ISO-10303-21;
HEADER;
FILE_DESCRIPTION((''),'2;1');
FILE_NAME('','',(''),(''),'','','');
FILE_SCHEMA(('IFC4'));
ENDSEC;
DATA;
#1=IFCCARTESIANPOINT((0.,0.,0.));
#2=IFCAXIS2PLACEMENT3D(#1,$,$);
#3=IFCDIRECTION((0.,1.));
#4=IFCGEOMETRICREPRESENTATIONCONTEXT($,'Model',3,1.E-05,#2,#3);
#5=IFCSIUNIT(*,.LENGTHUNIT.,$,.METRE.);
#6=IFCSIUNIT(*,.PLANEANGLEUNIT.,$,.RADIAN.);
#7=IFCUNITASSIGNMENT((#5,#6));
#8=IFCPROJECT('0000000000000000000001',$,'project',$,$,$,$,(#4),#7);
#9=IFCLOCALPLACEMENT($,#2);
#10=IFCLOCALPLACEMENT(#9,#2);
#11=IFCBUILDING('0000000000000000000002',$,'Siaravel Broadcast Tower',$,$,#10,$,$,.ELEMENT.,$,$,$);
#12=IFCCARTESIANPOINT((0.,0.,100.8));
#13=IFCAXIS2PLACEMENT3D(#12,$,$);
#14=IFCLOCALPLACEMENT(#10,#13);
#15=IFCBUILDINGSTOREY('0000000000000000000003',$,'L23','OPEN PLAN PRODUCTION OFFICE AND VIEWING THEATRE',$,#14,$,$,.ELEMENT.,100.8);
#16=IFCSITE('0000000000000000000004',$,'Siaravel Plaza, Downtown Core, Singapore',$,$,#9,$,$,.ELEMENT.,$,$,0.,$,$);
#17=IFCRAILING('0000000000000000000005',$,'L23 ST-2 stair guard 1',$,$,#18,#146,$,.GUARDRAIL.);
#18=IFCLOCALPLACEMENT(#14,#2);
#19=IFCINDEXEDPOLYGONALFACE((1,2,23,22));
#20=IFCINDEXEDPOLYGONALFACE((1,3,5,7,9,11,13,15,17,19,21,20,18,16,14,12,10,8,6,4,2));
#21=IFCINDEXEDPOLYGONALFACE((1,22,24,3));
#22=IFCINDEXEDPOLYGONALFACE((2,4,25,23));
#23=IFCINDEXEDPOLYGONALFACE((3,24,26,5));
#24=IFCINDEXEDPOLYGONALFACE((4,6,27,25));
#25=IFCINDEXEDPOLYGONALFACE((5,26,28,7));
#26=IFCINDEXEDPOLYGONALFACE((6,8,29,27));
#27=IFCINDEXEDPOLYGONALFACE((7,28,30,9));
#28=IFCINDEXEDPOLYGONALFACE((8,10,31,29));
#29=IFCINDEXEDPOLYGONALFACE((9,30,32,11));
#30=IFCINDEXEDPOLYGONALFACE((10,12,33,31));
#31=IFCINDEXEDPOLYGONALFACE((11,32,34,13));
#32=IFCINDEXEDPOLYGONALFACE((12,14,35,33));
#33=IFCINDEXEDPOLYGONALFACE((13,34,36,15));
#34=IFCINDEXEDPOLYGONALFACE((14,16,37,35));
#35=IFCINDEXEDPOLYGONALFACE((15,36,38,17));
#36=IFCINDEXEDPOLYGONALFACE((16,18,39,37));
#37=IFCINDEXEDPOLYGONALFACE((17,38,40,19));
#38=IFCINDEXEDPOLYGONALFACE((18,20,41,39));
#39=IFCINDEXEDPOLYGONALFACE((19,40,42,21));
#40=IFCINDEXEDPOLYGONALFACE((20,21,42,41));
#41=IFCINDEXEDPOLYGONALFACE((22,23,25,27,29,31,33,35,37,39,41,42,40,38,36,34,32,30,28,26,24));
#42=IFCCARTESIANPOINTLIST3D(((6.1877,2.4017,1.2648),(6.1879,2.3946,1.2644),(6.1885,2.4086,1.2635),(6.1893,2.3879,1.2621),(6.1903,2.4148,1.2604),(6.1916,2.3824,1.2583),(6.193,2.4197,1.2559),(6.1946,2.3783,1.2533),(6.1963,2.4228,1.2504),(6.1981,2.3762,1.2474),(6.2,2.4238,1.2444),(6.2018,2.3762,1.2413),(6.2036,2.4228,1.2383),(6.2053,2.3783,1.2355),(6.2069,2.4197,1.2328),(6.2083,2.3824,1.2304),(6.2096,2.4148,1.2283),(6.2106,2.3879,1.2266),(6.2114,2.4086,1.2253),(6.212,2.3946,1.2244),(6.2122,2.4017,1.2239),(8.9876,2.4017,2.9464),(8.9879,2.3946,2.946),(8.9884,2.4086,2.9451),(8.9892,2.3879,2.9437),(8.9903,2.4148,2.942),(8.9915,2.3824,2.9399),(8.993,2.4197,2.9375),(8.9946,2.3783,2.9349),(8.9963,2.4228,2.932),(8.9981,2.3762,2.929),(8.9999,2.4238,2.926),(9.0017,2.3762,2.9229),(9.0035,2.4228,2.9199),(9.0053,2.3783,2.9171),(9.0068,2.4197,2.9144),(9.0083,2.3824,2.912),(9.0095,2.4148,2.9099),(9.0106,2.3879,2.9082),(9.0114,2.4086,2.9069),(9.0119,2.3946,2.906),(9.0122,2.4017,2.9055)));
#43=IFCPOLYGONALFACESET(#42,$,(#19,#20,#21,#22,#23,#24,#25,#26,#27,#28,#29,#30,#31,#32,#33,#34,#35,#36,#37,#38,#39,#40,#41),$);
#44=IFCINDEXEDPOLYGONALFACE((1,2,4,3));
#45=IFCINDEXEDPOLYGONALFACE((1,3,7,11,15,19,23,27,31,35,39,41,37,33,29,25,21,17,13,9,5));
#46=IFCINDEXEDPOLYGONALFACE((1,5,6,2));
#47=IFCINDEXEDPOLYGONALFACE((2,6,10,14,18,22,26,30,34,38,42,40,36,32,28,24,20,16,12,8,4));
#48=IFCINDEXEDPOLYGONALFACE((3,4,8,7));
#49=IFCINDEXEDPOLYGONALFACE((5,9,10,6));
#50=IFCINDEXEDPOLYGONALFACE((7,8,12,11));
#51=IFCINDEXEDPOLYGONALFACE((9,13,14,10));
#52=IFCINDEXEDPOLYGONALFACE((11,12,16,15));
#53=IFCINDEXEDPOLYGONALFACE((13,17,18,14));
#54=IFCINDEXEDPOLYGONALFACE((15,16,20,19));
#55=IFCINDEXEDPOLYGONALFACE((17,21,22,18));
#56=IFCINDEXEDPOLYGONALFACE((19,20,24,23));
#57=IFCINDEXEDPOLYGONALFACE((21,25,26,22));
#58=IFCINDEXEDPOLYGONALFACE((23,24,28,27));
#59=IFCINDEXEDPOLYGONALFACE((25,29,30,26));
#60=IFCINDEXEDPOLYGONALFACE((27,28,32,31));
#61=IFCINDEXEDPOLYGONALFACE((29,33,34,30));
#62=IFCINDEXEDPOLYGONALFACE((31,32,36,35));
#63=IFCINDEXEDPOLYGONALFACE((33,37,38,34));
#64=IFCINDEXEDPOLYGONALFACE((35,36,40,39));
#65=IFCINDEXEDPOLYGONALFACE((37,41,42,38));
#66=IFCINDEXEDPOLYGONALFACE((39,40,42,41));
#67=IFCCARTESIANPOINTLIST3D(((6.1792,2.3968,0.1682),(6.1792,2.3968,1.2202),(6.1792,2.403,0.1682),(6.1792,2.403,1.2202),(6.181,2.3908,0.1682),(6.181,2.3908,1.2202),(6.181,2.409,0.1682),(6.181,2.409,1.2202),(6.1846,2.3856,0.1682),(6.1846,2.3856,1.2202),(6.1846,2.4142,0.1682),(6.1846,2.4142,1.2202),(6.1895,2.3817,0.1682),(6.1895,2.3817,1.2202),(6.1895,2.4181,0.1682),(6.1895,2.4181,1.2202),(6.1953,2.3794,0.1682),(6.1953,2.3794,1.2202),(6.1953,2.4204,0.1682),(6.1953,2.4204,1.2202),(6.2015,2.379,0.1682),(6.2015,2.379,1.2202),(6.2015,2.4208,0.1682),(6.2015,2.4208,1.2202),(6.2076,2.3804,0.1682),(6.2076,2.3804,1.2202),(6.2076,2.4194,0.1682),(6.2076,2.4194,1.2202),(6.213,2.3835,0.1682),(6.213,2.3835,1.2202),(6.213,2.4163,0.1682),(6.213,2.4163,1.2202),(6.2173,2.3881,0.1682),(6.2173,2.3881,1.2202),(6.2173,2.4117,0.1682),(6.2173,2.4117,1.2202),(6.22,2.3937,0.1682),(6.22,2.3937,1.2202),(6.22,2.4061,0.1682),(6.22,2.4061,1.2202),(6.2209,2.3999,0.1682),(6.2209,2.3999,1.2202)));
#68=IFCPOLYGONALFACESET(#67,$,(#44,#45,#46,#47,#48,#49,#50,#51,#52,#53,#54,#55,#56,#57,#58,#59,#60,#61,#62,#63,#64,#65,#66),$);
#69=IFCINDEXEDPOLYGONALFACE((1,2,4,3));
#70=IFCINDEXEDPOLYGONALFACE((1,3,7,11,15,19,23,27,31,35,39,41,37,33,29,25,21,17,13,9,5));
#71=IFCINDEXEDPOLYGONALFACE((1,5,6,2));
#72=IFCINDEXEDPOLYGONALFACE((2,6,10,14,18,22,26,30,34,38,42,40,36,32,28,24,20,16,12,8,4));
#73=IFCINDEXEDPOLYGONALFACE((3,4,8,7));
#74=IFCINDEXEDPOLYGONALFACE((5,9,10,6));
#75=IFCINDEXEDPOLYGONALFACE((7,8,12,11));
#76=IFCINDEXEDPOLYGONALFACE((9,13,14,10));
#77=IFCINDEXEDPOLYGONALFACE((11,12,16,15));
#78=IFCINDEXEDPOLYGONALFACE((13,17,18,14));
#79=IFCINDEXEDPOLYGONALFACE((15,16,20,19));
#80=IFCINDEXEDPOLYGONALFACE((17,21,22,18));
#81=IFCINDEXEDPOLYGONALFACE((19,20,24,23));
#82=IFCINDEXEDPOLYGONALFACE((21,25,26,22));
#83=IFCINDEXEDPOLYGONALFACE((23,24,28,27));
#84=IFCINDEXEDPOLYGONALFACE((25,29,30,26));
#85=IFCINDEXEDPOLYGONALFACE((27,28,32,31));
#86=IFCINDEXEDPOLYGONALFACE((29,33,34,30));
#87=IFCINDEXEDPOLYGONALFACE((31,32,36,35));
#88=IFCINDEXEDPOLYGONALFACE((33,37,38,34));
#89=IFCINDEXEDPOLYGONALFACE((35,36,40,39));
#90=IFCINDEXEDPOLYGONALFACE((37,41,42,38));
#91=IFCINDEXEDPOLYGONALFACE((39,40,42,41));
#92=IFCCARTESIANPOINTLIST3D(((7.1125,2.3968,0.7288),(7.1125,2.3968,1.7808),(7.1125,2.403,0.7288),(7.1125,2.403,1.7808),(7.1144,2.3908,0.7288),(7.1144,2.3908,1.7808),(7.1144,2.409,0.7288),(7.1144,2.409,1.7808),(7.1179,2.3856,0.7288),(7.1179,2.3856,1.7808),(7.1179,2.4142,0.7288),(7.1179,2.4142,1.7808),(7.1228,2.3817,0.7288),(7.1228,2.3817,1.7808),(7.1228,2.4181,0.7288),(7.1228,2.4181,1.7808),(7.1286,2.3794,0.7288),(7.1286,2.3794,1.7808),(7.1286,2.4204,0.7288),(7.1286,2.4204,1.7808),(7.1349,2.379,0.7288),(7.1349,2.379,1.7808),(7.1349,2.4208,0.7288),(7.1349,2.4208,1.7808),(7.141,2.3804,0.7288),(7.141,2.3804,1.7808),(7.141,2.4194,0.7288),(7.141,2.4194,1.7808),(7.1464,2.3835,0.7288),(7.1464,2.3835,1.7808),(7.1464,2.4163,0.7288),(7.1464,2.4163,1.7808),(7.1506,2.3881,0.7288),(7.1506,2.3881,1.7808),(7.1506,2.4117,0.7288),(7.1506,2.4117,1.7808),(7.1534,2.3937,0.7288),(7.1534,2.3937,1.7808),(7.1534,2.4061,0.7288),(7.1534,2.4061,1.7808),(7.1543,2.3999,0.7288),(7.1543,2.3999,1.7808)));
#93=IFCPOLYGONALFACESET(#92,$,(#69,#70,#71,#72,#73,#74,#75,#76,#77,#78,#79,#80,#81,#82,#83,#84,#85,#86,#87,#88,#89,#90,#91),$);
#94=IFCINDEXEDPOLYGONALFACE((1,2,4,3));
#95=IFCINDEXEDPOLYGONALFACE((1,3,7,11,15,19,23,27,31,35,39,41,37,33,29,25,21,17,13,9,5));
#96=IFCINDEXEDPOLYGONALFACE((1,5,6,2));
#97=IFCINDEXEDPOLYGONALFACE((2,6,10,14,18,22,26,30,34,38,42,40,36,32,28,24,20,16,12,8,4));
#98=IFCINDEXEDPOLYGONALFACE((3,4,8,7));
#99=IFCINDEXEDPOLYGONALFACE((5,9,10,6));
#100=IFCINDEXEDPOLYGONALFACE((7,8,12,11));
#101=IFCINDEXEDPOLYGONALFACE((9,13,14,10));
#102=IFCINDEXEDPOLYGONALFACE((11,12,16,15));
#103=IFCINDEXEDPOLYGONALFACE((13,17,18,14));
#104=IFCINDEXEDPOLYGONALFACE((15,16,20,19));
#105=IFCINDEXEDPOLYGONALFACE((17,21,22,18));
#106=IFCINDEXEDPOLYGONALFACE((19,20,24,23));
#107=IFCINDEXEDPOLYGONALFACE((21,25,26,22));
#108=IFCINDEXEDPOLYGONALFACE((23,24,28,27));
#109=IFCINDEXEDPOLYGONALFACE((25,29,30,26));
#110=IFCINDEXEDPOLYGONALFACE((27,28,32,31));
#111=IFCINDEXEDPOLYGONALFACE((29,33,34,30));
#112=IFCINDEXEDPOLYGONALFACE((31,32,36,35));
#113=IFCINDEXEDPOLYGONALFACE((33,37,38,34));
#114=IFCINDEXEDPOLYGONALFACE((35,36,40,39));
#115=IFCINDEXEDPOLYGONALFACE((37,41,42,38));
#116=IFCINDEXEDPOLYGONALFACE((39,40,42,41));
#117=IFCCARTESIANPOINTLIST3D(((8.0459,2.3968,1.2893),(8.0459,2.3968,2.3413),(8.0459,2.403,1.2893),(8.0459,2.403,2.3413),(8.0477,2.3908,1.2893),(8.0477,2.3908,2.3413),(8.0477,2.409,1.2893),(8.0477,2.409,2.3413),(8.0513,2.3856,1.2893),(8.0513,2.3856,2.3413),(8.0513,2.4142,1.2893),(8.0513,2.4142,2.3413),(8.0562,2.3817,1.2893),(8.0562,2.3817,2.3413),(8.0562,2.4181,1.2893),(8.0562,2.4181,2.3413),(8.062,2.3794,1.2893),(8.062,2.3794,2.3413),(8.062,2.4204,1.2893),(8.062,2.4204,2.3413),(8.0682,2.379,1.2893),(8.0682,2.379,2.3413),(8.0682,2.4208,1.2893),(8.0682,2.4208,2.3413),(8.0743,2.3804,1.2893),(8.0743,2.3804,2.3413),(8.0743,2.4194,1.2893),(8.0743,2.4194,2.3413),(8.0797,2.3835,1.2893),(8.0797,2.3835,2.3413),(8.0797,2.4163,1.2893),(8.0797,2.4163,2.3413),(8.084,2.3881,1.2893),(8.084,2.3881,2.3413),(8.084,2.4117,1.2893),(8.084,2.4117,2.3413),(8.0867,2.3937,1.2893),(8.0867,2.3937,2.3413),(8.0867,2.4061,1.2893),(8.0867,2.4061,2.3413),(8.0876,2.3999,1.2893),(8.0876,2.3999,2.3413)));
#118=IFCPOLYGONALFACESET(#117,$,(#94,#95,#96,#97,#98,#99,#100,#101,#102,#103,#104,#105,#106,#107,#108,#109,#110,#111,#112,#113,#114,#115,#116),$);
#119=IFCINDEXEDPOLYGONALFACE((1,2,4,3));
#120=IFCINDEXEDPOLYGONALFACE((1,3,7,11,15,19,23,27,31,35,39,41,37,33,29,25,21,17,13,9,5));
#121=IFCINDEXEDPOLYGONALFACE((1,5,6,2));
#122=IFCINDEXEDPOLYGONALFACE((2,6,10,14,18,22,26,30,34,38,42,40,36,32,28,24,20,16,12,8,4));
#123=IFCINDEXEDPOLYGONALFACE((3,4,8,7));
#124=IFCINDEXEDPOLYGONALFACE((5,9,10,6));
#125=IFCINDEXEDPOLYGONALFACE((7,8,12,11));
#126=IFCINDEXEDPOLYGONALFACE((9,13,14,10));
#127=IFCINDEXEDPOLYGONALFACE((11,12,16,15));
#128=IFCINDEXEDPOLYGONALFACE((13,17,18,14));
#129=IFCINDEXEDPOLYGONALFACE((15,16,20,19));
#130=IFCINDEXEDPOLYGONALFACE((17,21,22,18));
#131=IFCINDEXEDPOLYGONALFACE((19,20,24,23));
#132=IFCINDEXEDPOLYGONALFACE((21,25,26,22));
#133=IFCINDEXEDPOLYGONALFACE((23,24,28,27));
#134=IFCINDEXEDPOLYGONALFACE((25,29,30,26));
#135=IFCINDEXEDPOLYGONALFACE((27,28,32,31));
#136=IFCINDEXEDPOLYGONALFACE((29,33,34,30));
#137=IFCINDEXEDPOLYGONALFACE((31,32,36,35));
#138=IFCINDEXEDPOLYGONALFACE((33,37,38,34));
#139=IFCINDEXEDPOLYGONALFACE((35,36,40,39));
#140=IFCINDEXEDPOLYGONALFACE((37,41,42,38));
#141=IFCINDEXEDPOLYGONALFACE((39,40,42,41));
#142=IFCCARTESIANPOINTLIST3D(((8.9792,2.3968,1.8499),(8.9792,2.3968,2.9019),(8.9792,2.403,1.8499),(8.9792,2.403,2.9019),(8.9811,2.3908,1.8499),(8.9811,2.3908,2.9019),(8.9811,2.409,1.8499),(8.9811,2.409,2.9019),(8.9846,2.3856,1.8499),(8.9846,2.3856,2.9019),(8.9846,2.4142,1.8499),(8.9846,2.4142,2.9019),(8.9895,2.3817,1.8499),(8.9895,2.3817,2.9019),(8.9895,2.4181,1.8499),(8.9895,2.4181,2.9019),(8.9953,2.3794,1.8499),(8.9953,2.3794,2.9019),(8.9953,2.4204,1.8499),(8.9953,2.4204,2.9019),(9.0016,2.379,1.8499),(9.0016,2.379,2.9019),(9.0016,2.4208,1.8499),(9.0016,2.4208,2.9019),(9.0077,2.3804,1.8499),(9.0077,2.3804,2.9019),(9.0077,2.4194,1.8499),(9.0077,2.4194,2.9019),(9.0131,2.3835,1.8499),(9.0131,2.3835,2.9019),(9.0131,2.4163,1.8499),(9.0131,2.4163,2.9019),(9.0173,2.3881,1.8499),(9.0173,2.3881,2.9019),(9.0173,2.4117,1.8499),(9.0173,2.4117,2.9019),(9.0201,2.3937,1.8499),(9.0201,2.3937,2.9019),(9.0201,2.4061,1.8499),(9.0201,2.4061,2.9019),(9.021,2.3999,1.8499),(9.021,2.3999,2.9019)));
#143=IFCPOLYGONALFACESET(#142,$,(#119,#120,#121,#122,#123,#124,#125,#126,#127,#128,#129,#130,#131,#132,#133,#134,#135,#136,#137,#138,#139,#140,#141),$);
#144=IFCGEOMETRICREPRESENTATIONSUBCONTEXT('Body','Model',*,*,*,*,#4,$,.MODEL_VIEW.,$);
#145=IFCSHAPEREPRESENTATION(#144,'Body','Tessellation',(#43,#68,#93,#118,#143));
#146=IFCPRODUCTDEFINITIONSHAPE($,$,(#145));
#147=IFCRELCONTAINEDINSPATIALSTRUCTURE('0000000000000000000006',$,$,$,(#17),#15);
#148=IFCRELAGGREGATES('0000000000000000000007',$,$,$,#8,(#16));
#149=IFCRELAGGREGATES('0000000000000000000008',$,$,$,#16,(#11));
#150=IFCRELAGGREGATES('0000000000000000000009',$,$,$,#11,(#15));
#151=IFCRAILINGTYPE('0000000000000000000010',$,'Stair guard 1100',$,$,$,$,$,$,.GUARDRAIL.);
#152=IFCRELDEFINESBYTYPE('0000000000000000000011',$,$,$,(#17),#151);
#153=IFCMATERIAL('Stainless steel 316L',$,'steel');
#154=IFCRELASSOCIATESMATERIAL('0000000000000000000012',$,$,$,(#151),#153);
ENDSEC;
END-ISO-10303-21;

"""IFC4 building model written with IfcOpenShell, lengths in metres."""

from ifc_helpers import new_model, si_unit, direction, frame, origin, origin_2d, place, context, subcontext, project, spatial, circle, extrude, material, type_object, element, save


model = new_model("IFC4")

# Units and contexts
model_context = context("Model", 3, precision=1e-05, world=origin(), true_north=direction((0.0, 1.0)))
body_context = subcontext(model_context, "Body", "Model", "MODEL_VIEW")
ifc_project = project(units=[si_unit("LENGTHUNIT", "METRE"), si_unit("PLANEANGLEUNIT", "RADIAN")], contexts=[model_context])

# Site, building, storey
site_placement = place(None, origin())
site = spatial("IfcSite", under=ifc_project, at=site_placement, Name="Siaravel Plaza, Downtown Core, Singapore", CompositionType="ELEMENT", RefElevation=0.0)
building_placement = place(site_placement, origin())
building = spatial("IfcBuilding", under=site, at=building_placement, Name="Siaravel Broadcast Tower", CompositionType="ELEMENT")
storey_placement = place(building_placement, frame((0.0, 0.0, 100.8)))
storey = spatial("IfcBuildingStorey", under=building, at=storey_placement, Name="L23", Description="OPEN PLAN PRODUCTION OFFICE AND VIEWING THEATRE", CompositionType="ELEMENT", Elevation=100.8)

# Railing
ifc_material_1 = material(Name="Stainless steel 316L", Category="steel")
railing_type_1 = type_object("IfcRailingType", Name="Stair guard 1100", PredefinedType="GUARDRAIL", material=ifc_material_1)
railing_1_placement = place(storey_placement, frame((6.2, 2.3999, 0.1682)))
element("IfcRailing", 1, at=railing_1_placement, inside=storey, type_object=railing_type_1, Name="L23 ST-2 stair guard 1", PredefinedType="GUARDRAIL", context=body_context, shape_type="SweptSolid", body=[
    extrude(circle(Radius=0.0239, at=origin_2d()), frame((0.0, 0.0, 1.0762), z_axis=(0.857275, 0.0, 0.514858), x_axis=(0.0, 1.0, 0.0)), (0.0, 0.0, 1.0), 3.2661),
    extrude(circle(Radius=0.021, at=origin_2d()), origin(), (0.0, 0.0, 1.0), 1.052),
    extrude(circle(Radius=0.021, at=origin_2d()), frame((0.9333, 0.0, 0.5605)), (0.0, 0.0, 1.0), 1.052),
    extrude(circle(Radius=0.021, at=origin_2d()), frame((1.8667, 0.0, 1.1211)), (0.0, 0.0, 1.0), 1.052),
    extrude(circle(Radius=0.021, at=origin_2d()), frame((2.8, 0.0, 1.6816)), (0.0, 0.0, 1.0), 1.052),
])

save(model, "model.ifc")
